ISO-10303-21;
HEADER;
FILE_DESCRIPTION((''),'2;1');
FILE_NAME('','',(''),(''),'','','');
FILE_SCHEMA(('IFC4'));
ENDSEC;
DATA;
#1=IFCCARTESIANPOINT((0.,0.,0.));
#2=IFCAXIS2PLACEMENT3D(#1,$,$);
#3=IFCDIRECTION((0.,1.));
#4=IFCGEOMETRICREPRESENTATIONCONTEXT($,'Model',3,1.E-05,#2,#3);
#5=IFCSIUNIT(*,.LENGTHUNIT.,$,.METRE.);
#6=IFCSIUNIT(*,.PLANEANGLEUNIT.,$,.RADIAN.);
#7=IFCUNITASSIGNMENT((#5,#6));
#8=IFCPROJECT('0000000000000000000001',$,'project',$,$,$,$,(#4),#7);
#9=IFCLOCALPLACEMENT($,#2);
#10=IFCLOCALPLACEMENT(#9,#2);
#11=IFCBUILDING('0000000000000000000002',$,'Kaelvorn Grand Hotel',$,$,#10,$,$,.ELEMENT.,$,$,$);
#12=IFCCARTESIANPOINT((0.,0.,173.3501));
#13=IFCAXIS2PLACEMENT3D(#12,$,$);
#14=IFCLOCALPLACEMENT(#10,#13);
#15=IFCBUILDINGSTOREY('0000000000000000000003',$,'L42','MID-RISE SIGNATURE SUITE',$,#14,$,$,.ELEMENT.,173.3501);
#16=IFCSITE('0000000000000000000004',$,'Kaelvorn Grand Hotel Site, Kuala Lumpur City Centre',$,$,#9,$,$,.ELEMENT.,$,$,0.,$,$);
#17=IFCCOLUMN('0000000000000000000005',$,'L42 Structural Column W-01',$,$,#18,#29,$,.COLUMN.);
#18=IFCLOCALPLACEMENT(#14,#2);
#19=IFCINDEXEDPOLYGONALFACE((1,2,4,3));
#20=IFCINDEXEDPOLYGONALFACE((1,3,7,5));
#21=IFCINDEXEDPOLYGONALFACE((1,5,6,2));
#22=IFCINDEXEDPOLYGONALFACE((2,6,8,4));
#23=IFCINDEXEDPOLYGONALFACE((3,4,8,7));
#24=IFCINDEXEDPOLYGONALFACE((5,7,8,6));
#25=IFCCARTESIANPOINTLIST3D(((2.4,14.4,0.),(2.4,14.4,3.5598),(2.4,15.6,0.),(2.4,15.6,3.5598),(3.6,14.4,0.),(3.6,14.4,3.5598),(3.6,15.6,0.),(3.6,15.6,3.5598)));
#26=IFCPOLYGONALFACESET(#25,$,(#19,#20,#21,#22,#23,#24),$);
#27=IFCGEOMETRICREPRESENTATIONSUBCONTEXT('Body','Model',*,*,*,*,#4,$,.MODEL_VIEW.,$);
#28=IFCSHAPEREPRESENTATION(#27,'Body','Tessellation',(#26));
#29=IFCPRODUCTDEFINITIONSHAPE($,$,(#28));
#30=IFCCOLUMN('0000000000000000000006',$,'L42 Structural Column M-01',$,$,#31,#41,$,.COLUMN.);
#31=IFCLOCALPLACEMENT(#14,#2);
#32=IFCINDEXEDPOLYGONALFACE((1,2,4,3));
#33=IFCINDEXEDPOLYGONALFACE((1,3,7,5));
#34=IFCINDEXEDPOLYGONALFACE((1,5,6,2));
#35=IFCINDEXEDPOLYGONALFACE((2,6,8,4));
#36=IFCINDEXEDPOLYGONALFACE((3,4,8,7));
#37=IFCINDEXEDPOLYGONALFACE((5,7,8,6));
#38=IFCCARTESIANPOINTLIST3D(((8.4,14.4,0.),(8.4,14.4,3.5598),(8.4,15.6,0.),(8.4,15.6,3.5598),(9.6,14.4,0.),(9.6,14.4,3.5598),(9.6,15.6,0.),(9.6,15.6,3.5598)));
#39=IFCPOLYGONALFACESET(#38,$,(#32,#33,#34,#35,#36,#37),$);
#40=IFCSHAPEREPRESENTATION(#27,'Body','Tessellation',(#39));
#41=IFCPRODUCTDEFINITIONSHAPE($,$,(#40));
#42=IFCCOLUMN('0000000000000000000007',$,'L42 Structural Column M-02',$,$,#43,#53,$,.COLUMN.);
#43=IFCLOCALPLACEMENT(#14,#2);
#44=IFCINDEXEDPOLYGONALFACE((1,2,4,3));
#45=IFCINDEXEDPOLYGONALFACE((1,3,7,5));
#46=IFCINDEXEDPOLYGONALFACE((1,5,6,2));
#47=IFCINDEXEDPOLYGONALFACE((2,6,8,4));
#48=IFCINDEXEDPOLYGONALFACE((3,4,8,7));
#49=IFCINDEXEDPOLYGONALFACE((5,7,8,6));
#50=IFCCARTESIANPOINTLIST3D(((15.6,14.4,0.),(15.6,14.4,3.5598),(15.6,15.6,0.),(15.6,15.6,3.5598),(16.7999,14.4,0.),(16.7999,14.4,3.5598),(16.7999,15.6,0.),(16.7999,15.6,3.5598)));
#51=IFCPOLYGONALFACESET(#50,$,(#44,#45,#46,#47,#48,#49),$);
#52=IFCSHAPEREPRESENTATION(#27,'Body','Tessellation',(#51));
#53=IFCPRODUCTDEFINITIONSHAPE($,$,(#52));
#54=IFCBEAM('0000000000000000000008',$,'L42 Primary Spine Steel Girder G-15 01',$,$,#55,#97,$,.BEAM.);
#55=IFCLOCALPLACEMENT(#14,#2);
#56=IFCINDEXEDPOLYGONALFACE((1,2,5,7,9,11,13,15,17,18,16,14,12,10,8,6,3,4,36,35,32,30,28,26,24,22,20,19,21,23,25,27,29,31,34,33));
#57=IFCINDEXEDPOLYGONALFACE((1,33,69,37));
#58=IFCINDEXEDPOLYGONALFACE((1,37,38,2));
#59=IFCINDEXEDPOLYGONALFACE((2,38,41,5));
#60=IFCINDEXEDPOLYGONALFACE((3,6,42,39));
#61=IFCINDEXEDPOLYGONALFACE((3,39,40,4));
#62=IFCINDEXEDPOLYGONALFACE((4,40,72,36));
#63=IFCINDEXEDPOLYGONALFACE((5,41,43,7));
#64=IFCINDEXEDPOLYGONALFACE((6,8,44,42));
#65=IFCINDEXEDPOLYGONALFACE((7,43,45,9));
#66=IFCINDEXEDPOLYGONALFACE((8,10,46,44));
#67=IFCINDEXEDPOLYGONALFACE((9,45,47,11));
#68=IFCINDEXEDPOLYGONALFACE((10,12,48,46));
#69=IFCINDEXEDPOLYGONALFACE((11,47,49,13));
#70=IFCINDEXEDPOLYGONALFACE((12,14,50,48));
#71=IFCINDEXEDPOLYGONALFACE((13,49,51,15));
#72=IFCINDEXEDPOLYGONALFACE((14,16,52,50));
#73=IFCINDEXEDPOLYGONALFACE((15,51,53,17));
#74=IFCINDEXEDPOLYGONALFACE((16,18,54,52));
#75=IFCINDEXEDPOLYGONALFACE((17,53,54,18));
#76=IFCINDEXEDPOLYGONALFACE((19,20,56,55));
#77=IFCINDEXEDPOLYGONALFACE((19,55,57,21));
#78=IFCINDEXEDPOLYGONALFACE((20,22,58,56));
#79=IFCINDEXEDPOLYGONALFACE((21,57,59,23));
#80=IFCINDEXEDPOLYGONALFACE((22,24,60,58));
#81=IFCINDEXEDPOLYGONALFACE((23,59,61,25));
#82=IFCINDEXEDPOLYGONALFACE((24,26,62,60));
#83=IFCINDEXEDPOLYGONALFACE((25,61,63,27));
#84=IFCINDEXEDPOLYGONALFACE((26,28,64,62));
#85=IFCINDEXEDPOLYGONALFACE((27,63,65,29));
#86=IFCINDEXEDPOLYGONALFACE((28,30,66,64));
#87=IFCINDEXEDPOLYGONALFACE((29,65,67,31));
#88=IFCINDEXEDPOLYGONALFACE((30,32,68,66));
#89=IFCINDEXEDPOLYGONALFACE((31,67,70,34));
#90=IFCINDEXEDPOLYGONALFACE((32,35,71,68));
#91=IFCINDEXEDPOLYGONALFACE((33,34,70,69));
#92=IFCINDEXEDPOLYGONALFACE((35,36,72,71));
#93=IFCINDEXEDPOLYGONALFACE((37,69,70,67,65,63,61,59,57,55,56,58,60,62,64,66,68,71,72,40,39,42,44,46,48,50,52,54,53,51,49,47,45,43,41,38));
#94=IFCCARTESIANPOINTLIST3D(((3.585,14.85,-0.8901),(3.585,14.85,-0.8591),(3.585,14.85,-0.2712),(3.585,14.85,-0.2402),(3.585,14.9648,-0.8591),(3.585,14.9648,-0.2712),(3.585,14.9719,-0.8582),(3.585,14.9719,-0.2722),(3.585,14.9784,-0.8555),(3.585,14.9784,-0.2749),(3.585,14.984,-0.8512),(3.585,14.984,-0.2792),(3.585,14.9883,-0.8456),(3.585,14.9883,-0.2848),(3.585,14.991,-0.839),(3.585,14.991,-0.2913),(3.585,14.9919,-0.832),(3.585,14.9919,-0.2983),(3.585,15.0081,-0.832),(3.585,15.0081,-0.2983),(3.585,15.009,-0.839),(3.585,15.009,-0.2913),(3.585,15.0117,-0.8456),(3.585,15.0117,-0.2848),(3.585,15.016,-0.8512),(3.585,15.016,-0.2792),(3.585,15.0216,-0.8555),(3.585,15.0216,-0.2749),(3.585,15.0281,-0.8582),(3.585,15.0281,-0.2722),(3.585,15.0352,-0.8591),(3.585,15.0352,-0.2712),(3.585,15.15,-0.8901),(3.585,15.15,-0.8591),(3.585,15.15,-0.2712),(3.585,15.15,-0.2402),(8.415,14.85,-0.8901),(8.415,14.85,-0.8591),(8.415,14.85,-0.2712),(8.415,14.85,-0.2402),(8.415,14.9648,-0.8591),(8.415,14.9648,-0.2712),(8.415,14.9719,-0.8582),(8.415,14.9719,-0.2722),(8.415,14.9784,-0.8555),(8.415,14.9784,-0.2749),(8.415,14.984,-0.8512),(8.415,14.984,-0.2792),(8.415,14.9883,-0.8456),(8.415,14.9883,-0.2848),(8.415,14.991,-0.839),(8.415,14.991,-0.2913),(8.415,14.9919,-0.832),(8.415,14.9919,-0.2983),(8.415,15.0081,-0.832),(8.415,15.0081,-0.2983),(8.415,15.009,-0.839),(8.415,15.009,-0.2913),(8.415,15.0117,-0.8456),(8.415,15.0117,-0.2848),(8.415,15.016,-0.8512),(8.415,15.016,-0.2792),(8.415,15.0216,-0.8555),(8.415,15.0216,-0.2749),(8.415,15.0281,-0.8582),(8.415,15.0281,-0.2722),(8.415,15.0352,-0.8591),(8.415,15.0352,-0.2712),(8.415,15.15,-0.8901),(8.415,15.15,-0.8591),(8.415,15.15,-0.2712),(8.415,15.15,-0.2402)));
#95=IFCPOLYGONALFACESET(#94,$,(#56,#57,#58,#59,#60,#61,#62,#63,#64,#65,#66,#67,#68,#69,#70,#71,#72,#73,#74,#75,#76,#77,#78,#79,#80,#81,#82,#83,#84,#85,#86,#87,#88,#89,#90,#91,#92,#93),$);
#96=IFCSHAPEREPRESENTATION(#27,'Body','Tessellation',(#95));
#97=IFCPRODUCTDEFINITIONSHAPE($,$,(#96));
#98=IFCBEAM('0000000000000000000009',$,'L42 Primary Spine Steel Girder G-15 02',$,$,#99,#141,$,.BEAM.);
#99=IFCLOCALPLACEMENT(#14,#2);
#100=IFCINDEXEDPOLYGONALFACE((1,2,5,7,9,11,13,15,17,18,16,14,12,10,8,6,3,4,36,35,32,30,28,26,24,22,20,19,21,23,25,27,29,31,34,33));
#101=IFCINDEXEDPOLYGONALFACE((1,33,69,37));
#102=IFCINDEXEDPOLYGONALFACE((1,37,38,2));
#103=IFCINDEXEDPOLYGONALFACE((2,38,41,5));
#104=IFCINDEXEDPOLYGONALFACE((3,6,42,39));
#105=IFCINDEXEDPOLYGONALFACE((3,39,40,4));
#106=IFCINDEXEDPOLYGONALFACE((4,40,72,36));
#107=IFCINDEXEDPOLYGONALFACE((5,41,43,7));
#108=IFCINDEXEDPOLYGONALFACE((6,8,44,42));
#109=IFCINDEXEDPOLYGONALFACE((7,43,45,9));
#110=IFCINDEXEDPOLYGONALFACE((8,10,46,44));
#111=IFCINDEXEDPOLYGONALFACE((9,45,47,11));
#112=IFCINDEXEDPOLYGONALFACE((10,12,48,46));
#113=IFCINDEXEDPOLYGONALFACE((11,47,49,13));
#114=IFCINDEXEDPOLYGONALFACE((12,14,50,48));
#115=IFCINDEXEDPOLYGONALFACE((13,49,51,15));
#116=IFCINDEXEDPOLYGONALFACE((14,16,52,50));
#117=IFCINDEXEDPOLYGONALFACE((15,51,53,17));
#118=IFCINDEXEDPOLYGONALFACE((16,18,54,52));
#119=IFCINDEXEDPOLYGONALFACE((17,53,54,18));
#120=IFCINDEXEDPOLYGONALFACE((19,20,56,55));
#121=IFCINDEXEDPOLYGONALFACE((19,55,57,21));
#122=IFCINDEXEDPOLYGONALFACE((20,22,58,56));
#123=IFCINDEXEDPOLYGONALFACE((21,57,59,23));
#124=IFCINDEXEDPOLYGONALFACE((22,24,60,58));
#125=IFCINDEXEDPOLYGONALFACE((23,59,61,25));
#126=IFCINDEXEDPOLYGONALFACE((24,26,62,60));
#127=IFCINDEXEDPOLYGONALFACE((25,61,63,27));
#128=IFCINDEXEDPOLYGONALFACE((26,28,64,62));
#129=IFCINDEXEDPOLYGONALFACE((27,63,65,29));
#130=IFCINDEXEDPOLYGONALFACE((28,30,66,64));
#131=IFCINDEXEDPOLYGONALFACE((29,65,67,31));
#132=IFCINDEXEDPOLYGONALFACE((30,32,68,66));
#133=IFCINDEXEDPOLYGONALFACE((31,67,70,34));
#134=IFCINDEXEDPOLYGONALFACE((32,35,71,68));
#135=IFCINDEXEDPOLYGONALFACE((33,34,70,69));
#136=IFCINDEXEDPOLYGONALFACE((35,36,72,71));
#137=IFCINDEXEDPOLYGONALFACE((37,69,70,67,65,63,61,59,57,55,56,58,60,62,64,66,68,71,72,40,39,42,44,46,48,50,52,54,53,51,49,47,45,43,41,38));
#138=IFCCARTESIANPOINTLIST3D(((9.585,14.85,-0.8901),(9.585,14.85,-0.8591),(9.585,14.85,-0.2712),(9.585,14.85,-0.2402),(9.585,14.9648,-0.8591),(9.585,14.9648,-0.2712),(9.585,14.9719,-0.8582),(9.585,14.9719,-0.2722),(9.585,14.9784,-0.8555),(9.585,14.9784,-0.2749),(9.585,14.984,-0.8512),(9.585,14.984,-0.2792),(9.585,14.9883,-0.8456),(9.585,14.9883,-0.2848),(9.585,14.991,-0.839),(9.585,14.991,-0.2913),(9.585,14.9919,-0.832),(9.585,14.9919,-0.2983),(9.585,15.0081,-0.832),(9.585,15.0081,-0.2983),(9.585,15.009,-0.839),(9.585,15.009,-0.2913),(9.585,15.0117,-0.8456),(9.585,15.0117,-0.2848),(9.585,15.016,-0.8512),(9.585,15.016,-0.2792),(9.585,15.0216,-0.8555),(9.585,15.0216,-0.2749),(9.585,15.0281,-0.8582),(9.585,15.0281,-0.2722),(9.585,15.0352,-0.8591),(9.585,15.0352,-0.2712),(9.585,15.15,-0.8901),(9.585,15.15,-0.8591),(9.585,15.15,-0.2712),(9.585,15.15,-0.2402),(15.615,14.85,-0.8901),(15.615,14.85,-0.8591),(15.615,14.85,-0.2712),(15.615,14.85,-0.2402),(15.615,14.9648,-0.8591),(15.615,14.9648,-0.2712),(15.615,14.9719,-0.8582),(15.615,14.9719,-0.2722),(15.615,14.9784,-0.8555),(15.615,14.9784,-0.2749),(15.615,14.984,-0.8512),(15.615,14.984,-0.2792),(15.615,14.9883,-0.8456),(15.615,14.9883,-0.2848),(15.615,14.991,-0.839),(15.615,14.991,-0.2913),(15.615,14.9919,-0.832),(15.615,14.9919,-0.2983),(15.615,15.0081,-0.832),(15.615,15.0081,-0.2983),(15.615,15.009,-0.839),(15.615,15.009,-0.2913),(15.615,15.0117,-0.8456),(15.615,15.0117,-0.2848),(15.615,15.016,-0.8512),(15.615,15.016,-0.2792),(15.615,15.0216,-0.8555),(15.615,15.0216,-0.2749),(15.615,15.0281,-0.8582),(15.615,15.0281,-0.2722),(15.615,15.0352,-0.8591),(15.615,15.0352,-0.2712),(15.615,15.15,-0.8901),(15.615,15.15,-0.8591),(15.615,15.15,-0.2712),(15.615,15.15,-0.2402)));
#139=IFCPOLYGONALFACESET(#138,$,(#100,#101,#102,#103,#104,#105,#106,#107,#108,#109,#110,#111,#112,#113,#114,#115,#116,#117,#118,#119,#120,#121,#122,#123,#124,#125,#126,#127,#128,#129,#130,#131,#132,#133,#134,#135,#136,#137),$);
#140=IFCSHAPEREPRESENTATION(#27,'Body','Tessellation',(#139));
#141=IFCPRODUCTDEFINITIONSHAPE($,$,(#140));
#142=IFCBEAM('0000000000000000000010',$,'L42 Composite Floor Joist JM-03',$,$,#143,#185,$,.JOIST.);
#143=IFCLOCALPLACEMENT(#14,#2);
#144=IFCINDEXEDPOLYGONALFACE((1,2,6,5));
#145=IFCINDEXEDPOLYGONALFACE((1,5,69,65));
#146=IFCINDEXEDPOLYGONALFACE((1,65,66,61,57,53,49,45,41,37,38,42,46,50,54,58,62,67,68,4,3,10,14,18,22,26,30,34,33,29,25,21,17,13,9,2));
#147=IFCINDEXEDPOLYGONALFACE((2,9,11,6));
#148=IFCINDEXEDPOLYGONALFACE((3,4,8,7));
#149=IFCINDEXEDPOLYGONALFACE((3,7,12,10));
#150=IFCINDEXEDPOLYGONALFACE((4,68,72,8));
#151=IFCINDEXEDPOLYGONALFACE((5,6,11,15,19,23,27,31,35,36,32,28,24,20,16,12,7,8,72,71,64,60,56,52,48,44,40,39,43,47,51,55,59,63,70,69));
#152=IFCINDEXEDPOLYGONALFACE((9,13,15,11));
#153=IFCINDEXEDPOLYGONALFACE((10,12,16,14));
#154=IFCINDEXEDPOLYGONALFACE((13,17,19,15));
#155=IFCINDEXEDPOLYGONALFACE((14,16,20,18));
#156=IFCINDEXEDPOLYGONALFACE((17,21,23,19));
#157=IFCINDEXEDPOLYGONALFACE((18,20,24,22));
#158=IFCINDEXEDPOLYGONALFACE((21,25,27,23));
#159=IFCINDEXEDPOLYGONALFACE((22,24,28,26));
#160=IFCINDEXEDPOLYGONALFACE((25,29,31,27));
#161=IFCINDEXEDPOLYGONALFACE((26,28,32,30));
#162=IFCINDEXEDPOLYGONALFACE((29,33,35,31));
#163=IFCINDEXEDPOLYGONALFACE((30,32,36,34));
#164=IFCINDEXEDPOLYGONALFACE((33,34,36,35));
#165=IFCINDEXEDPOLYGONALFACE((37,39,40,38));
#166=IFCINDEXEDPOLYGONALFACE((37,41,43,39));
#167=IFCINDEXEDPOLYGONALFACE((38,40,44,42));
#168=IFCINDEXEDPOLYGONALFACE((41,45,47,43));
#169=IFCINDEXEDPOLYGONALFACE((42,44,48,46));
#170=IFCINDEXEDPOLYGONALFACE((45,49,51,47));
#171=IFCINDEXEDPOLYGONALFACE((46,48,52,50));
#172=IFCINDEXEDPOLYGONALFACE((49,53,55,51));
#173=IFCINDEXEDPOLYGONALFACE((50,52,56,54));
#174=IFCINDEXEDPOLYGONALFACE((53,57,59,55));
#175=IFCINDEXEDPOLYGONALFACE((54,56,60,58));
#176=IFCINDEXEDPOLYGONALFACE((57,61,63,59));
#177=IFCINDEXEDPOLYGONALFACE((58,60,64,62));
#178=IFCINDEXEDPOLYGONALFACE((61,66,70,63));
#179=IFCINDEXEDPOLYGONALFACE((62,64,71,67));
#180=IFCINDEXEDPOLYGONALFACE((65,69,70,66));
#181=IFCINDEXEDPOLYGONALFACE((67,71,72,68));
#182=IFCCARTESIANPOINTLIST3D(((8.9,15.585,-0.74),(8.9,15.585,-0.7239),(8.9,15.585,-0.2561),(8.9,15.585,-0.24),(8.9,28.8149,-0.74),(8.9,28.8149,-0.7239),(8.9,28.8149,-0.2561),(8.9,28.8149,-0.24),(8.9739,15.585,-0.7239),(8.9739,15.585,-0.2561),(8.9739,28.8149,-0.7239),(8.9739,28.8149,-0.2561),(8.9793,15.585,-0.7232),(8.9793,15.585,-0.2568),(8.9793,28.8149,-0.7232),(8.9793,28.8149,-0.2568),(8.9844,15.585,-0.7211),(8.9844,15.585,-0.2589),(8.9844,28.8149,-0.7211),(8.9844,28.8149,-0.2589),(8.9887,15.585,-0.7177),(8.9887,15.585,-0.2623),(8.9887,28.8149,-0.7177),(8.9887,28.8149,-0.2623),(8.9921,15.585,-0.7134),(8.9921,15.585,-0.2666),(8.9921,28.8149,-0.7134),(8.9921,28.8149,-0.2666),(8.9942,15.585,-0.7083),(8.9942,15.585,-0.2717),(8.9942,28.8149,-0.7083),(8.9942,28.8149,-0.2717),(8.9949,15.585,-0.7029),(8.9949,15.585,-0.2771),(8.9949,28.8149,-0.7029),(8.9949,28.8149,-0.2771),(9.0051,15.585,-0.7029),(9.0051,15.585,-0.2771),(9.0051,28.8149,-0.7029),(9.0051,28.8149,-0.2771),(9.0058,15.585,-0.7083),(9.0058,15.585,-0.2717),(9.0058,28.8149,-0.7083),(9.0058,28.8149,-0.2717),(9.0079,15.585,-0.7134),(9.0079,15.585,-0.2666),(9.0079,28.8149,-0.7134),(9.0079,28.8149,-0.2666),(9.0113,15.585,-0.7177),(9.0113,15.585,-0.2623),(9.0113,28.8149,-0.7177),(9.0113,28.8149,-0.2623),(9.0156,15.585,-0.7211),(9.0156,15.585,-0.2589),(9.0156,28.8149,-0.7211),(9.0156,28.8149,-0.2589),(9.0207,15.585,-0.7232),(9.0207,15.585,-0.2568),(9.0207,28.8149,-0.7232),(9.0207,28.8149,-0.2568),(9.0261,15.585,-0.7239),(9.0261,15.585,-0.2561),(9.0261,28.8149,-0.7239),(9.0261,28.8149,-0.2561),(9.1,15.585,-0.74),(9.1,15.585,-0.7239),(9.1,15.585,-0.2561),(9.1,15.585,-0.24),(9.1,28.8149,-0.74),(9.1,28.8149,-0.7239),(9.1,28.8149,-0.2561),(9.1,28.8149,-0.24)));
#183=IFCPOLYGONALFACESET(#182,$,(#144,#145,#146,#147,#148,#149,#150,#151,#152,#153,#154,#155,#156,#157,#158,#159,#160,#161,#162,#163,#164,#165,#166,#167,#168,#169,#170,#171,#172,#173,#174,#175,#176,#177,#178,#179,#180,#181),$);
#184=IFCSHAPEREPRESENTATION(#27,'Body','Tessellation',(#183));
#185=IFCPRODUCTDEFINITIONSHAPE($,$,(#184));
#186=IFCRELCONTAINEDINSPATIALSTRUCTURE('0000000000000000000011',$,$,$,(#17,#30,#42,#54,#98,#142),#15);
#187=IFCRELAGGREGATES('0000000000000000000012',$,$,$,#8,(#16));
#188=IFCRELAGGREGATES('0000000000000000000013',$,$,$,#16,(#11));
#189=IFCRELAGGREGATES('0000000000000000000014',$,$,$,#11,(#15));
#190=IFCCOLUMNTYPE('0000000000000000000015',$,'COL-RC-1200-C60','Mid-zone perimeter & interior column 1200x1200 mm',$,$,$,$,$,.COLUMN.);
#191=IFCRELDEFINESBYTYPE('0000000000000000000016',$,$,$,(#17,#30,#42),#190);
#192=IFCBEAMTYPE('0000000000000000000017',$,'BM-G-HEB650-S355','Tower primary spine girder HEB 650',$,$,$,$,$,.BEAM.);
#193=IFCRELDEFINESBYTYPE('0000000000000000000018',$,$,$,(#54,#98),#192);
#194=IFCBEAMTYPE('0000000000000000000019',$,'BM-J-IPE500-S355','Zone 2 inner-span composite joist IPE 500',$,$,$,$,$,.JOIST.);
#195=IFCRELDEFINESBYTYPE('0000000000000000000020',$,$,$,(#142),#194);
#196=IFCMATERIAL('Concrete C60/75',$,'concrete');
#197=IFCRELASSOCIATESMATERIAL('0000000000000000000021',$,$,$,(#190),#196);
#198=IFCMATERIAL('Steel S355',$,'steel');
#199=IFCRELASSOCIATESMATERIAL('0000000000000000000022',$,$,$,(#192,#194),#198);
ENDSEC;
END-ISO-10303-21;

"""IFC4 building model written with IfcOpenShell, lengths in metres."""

from ifc_helpers import new_model, si_unit, direction, frame, origin, origin_2d, place, context, subcontext, project, spatial, rectangle, i_section, extrude, material, material_profile, profile_set, type_object, element, save


model = new_model("IFC4")

# Units and contexts
model_context = context("Model", 3, precision=1e-05, world=origin(), true_north=direction((0.0, 1.0)))
body_context = subcontext(model_context, "Body", "Model", "MODEL_VIEW")
ifc_project = project(units=[si_unit("LENGTHUNIT", "METRE"), si_unit("PLANEANGLEUNIT", "RADIAN")], contexts=[model_context])

# Site, building, storey
site_placement = place(None, origin())
site = spatial("IfcSite", under=ifc_project, at=site_placement, Name="Kaelvorn Grand Hotel Site, Kuala Lumpur City Centre", CompositionType="ELEMENT", RefElevation=0.0)
building_placement = place(site_placement, origin())
building = spatial("IfcBuilding", under=site, at=building_placement, Name="Kaelvorn Grand Hotel", CompositionType="ELEMENT")
storey_placement = place(building_placement, frame((0.0, 0.0, 173.3501)))
storey = spatial("IfcBuildingStorey", under=building, at=storey_placement, Name="L42", Description="MID-RISE SIGNATURE SUITE", CompositionType="ELEMENT", Elevation=173.3501)

# Columns
ifc_material_1 = material(Name="Concrete C60/75", Category="concrete")
ifc_material_profile_1 = material_profile(ifc_material_1, rectangle(XDim=1.2, YDim=1.2, at=origin_2d()), Name="RC COL 1200x1200")
ifc_profile_set_1 = profile_set([ifc_material_profile_1], Name="Concrete C60/75")
column_type = type_object("IfcColumnType", Name="COL-RC-1200-C60", Description="Mid-zone perimeter & interior column 1200x1200 mm", PredefinedType="COLUMN", material=ifc_profile_set_1)
for number, where, z_axis, x_axis, name in (
    (1, (3.0, 15.0, 0.0), (0.0, 0.0, 1.0), (1.0, 0.0, 0.0), "L42 Structural Column W-01"),
    (2, (9.0, 15.0, 0.0), (0.0, 0.0, 1.0), (1.0, 0.0, 0.0), "L42 Structural Column M-01"),
    (3, (16.2, 15.0, 0.0), (0.0, 0.0, 1.0), (1.0, 0.0, 0.0), "L42 Structural Column M-02"),
):
    element("IfcColumn", number, at=place(storey_placement, frame(where, z_axis=z_axis, x_axis=x_axis)), inside=storey, type_object=column_type, Name=name, PredefinedType="COLUMN", context=body_context, shape_type="SweptSolid", body=[
        extrude(rectangle(XDim=1.2, YDim=1.2, at=origin_2d()), origin(), (0.0, 0.0, 1.0), 3.5598),
    ])

# Beams
ifc_material_2 = material(Name="Steel S355", Category="steel")
ifc_material_profile_2 = material_profile(ifc_material_2, i_section(OverallWidth=0.3, OverallDepth=0.6499, WebThickness=0.0161, FlangeThickness=0.031, FilletRadius=0.0271, at=origin_2d()), Name="HEB 650")
ifc_profile_set_2 = profile_set([ifc_material_profile_2], Name="Steel S355")
beam_type_1 = type_object("IfcBeamType", Name="BM-G-HEB650-S355", Description="Tower primary spine girder HEB 650", PredefinedType="BEAM", material=ifc_profile_set_2)
beam_1_placement = place(storey_placement, frame((3.585, 15.0, -0.5652), z_axis=(1.0, 0.0, 0.0), x_axis=(0.0, 1.0, 0.0)))
element("IfcBeam", 4, at=beam_1_placement, inside=storey, type_object=beam_type_1, Name="L42 Primary Spine Steel Girder G-15 01", PredefinedType="BEAM", context=body_context, shape_type="SweptSolid", body=[
    extrude(i_section(OverallWidth=0.3, OverallDepth=0.6499, WebThickness=0.0161, FlangeThickness=0.031, FilletRadius=0.0271, at=origin_2d()), origin(), (0.0, 0.0, 1.0), 4.8301),
])
beam_2_placement = place(storey_placement, frame((9.585, 15.0, -0.5652), z_axis=(1.0, 0.0, 0.0), x_axis=(0.0, 1.0, 0.0)))
element("IfcBeam", 5, at=beam_2_placement, inside=storey, type_object=beam_type_1, Name="L42 Primary Spine Steel Girder G-15 02", PredefinedType="BEAM", context=body_context, shape_type="SweptSolid", body=[
    extrude(i_section(OverallWidth=0.3, OverallDepth=0.6499, WebThickness=0.0161, FlangeThickness=0.031, FilletRadius=0.0271, at=origin_2d()), origin(), (0.0, 0.0, 1.0), 6.03),
])
ifc_material_profile_3 = material_profile(ifc_material_2, i_section(OverallWidth=0.2, OverallDepth=0.5, WebThickness=0.0103, FlangeThickness=0.0161, FilletRadius=0.021, at=origin_2d()), Name="IPE 500")
ifc_profile_set_3 = profile_set([ifc_material_profile_3], Name="Steel S355")
beam_type_2 = type_object("IfcBeamType", Name="BM-J-IPE500-S355", Description="Zone 2 inner-span composite joist IPE 500", PredefinedType="JOIST", material=ifc_profile_set_3)
beam_3_placement = place(storey_placement, frame((9.0, 15.585, -0.49), z_axis=(0.0, 1.0, 0.0), x_axis=(-1.0, 0.0, 0.0)))
element("IfcBeam", 6, at=beam_3_placement, inside=storey, type_object=beam_type_2, Name="L42 Composite Floor Joist JM-03", PredefinedType="JOIST", context=body_context, shape_type="SweptSolid", body=[
    extrude(i_section(OverallWidth=0.2, OverallDepth=0.5, WebThickness=0.0103, FlangeThickness=0.0161, FilletRadius=0.021, at=origin_2d()), origin(), (0.0, 0.0, 1.0), 13.23),
])

save(model, "model.ifc")
